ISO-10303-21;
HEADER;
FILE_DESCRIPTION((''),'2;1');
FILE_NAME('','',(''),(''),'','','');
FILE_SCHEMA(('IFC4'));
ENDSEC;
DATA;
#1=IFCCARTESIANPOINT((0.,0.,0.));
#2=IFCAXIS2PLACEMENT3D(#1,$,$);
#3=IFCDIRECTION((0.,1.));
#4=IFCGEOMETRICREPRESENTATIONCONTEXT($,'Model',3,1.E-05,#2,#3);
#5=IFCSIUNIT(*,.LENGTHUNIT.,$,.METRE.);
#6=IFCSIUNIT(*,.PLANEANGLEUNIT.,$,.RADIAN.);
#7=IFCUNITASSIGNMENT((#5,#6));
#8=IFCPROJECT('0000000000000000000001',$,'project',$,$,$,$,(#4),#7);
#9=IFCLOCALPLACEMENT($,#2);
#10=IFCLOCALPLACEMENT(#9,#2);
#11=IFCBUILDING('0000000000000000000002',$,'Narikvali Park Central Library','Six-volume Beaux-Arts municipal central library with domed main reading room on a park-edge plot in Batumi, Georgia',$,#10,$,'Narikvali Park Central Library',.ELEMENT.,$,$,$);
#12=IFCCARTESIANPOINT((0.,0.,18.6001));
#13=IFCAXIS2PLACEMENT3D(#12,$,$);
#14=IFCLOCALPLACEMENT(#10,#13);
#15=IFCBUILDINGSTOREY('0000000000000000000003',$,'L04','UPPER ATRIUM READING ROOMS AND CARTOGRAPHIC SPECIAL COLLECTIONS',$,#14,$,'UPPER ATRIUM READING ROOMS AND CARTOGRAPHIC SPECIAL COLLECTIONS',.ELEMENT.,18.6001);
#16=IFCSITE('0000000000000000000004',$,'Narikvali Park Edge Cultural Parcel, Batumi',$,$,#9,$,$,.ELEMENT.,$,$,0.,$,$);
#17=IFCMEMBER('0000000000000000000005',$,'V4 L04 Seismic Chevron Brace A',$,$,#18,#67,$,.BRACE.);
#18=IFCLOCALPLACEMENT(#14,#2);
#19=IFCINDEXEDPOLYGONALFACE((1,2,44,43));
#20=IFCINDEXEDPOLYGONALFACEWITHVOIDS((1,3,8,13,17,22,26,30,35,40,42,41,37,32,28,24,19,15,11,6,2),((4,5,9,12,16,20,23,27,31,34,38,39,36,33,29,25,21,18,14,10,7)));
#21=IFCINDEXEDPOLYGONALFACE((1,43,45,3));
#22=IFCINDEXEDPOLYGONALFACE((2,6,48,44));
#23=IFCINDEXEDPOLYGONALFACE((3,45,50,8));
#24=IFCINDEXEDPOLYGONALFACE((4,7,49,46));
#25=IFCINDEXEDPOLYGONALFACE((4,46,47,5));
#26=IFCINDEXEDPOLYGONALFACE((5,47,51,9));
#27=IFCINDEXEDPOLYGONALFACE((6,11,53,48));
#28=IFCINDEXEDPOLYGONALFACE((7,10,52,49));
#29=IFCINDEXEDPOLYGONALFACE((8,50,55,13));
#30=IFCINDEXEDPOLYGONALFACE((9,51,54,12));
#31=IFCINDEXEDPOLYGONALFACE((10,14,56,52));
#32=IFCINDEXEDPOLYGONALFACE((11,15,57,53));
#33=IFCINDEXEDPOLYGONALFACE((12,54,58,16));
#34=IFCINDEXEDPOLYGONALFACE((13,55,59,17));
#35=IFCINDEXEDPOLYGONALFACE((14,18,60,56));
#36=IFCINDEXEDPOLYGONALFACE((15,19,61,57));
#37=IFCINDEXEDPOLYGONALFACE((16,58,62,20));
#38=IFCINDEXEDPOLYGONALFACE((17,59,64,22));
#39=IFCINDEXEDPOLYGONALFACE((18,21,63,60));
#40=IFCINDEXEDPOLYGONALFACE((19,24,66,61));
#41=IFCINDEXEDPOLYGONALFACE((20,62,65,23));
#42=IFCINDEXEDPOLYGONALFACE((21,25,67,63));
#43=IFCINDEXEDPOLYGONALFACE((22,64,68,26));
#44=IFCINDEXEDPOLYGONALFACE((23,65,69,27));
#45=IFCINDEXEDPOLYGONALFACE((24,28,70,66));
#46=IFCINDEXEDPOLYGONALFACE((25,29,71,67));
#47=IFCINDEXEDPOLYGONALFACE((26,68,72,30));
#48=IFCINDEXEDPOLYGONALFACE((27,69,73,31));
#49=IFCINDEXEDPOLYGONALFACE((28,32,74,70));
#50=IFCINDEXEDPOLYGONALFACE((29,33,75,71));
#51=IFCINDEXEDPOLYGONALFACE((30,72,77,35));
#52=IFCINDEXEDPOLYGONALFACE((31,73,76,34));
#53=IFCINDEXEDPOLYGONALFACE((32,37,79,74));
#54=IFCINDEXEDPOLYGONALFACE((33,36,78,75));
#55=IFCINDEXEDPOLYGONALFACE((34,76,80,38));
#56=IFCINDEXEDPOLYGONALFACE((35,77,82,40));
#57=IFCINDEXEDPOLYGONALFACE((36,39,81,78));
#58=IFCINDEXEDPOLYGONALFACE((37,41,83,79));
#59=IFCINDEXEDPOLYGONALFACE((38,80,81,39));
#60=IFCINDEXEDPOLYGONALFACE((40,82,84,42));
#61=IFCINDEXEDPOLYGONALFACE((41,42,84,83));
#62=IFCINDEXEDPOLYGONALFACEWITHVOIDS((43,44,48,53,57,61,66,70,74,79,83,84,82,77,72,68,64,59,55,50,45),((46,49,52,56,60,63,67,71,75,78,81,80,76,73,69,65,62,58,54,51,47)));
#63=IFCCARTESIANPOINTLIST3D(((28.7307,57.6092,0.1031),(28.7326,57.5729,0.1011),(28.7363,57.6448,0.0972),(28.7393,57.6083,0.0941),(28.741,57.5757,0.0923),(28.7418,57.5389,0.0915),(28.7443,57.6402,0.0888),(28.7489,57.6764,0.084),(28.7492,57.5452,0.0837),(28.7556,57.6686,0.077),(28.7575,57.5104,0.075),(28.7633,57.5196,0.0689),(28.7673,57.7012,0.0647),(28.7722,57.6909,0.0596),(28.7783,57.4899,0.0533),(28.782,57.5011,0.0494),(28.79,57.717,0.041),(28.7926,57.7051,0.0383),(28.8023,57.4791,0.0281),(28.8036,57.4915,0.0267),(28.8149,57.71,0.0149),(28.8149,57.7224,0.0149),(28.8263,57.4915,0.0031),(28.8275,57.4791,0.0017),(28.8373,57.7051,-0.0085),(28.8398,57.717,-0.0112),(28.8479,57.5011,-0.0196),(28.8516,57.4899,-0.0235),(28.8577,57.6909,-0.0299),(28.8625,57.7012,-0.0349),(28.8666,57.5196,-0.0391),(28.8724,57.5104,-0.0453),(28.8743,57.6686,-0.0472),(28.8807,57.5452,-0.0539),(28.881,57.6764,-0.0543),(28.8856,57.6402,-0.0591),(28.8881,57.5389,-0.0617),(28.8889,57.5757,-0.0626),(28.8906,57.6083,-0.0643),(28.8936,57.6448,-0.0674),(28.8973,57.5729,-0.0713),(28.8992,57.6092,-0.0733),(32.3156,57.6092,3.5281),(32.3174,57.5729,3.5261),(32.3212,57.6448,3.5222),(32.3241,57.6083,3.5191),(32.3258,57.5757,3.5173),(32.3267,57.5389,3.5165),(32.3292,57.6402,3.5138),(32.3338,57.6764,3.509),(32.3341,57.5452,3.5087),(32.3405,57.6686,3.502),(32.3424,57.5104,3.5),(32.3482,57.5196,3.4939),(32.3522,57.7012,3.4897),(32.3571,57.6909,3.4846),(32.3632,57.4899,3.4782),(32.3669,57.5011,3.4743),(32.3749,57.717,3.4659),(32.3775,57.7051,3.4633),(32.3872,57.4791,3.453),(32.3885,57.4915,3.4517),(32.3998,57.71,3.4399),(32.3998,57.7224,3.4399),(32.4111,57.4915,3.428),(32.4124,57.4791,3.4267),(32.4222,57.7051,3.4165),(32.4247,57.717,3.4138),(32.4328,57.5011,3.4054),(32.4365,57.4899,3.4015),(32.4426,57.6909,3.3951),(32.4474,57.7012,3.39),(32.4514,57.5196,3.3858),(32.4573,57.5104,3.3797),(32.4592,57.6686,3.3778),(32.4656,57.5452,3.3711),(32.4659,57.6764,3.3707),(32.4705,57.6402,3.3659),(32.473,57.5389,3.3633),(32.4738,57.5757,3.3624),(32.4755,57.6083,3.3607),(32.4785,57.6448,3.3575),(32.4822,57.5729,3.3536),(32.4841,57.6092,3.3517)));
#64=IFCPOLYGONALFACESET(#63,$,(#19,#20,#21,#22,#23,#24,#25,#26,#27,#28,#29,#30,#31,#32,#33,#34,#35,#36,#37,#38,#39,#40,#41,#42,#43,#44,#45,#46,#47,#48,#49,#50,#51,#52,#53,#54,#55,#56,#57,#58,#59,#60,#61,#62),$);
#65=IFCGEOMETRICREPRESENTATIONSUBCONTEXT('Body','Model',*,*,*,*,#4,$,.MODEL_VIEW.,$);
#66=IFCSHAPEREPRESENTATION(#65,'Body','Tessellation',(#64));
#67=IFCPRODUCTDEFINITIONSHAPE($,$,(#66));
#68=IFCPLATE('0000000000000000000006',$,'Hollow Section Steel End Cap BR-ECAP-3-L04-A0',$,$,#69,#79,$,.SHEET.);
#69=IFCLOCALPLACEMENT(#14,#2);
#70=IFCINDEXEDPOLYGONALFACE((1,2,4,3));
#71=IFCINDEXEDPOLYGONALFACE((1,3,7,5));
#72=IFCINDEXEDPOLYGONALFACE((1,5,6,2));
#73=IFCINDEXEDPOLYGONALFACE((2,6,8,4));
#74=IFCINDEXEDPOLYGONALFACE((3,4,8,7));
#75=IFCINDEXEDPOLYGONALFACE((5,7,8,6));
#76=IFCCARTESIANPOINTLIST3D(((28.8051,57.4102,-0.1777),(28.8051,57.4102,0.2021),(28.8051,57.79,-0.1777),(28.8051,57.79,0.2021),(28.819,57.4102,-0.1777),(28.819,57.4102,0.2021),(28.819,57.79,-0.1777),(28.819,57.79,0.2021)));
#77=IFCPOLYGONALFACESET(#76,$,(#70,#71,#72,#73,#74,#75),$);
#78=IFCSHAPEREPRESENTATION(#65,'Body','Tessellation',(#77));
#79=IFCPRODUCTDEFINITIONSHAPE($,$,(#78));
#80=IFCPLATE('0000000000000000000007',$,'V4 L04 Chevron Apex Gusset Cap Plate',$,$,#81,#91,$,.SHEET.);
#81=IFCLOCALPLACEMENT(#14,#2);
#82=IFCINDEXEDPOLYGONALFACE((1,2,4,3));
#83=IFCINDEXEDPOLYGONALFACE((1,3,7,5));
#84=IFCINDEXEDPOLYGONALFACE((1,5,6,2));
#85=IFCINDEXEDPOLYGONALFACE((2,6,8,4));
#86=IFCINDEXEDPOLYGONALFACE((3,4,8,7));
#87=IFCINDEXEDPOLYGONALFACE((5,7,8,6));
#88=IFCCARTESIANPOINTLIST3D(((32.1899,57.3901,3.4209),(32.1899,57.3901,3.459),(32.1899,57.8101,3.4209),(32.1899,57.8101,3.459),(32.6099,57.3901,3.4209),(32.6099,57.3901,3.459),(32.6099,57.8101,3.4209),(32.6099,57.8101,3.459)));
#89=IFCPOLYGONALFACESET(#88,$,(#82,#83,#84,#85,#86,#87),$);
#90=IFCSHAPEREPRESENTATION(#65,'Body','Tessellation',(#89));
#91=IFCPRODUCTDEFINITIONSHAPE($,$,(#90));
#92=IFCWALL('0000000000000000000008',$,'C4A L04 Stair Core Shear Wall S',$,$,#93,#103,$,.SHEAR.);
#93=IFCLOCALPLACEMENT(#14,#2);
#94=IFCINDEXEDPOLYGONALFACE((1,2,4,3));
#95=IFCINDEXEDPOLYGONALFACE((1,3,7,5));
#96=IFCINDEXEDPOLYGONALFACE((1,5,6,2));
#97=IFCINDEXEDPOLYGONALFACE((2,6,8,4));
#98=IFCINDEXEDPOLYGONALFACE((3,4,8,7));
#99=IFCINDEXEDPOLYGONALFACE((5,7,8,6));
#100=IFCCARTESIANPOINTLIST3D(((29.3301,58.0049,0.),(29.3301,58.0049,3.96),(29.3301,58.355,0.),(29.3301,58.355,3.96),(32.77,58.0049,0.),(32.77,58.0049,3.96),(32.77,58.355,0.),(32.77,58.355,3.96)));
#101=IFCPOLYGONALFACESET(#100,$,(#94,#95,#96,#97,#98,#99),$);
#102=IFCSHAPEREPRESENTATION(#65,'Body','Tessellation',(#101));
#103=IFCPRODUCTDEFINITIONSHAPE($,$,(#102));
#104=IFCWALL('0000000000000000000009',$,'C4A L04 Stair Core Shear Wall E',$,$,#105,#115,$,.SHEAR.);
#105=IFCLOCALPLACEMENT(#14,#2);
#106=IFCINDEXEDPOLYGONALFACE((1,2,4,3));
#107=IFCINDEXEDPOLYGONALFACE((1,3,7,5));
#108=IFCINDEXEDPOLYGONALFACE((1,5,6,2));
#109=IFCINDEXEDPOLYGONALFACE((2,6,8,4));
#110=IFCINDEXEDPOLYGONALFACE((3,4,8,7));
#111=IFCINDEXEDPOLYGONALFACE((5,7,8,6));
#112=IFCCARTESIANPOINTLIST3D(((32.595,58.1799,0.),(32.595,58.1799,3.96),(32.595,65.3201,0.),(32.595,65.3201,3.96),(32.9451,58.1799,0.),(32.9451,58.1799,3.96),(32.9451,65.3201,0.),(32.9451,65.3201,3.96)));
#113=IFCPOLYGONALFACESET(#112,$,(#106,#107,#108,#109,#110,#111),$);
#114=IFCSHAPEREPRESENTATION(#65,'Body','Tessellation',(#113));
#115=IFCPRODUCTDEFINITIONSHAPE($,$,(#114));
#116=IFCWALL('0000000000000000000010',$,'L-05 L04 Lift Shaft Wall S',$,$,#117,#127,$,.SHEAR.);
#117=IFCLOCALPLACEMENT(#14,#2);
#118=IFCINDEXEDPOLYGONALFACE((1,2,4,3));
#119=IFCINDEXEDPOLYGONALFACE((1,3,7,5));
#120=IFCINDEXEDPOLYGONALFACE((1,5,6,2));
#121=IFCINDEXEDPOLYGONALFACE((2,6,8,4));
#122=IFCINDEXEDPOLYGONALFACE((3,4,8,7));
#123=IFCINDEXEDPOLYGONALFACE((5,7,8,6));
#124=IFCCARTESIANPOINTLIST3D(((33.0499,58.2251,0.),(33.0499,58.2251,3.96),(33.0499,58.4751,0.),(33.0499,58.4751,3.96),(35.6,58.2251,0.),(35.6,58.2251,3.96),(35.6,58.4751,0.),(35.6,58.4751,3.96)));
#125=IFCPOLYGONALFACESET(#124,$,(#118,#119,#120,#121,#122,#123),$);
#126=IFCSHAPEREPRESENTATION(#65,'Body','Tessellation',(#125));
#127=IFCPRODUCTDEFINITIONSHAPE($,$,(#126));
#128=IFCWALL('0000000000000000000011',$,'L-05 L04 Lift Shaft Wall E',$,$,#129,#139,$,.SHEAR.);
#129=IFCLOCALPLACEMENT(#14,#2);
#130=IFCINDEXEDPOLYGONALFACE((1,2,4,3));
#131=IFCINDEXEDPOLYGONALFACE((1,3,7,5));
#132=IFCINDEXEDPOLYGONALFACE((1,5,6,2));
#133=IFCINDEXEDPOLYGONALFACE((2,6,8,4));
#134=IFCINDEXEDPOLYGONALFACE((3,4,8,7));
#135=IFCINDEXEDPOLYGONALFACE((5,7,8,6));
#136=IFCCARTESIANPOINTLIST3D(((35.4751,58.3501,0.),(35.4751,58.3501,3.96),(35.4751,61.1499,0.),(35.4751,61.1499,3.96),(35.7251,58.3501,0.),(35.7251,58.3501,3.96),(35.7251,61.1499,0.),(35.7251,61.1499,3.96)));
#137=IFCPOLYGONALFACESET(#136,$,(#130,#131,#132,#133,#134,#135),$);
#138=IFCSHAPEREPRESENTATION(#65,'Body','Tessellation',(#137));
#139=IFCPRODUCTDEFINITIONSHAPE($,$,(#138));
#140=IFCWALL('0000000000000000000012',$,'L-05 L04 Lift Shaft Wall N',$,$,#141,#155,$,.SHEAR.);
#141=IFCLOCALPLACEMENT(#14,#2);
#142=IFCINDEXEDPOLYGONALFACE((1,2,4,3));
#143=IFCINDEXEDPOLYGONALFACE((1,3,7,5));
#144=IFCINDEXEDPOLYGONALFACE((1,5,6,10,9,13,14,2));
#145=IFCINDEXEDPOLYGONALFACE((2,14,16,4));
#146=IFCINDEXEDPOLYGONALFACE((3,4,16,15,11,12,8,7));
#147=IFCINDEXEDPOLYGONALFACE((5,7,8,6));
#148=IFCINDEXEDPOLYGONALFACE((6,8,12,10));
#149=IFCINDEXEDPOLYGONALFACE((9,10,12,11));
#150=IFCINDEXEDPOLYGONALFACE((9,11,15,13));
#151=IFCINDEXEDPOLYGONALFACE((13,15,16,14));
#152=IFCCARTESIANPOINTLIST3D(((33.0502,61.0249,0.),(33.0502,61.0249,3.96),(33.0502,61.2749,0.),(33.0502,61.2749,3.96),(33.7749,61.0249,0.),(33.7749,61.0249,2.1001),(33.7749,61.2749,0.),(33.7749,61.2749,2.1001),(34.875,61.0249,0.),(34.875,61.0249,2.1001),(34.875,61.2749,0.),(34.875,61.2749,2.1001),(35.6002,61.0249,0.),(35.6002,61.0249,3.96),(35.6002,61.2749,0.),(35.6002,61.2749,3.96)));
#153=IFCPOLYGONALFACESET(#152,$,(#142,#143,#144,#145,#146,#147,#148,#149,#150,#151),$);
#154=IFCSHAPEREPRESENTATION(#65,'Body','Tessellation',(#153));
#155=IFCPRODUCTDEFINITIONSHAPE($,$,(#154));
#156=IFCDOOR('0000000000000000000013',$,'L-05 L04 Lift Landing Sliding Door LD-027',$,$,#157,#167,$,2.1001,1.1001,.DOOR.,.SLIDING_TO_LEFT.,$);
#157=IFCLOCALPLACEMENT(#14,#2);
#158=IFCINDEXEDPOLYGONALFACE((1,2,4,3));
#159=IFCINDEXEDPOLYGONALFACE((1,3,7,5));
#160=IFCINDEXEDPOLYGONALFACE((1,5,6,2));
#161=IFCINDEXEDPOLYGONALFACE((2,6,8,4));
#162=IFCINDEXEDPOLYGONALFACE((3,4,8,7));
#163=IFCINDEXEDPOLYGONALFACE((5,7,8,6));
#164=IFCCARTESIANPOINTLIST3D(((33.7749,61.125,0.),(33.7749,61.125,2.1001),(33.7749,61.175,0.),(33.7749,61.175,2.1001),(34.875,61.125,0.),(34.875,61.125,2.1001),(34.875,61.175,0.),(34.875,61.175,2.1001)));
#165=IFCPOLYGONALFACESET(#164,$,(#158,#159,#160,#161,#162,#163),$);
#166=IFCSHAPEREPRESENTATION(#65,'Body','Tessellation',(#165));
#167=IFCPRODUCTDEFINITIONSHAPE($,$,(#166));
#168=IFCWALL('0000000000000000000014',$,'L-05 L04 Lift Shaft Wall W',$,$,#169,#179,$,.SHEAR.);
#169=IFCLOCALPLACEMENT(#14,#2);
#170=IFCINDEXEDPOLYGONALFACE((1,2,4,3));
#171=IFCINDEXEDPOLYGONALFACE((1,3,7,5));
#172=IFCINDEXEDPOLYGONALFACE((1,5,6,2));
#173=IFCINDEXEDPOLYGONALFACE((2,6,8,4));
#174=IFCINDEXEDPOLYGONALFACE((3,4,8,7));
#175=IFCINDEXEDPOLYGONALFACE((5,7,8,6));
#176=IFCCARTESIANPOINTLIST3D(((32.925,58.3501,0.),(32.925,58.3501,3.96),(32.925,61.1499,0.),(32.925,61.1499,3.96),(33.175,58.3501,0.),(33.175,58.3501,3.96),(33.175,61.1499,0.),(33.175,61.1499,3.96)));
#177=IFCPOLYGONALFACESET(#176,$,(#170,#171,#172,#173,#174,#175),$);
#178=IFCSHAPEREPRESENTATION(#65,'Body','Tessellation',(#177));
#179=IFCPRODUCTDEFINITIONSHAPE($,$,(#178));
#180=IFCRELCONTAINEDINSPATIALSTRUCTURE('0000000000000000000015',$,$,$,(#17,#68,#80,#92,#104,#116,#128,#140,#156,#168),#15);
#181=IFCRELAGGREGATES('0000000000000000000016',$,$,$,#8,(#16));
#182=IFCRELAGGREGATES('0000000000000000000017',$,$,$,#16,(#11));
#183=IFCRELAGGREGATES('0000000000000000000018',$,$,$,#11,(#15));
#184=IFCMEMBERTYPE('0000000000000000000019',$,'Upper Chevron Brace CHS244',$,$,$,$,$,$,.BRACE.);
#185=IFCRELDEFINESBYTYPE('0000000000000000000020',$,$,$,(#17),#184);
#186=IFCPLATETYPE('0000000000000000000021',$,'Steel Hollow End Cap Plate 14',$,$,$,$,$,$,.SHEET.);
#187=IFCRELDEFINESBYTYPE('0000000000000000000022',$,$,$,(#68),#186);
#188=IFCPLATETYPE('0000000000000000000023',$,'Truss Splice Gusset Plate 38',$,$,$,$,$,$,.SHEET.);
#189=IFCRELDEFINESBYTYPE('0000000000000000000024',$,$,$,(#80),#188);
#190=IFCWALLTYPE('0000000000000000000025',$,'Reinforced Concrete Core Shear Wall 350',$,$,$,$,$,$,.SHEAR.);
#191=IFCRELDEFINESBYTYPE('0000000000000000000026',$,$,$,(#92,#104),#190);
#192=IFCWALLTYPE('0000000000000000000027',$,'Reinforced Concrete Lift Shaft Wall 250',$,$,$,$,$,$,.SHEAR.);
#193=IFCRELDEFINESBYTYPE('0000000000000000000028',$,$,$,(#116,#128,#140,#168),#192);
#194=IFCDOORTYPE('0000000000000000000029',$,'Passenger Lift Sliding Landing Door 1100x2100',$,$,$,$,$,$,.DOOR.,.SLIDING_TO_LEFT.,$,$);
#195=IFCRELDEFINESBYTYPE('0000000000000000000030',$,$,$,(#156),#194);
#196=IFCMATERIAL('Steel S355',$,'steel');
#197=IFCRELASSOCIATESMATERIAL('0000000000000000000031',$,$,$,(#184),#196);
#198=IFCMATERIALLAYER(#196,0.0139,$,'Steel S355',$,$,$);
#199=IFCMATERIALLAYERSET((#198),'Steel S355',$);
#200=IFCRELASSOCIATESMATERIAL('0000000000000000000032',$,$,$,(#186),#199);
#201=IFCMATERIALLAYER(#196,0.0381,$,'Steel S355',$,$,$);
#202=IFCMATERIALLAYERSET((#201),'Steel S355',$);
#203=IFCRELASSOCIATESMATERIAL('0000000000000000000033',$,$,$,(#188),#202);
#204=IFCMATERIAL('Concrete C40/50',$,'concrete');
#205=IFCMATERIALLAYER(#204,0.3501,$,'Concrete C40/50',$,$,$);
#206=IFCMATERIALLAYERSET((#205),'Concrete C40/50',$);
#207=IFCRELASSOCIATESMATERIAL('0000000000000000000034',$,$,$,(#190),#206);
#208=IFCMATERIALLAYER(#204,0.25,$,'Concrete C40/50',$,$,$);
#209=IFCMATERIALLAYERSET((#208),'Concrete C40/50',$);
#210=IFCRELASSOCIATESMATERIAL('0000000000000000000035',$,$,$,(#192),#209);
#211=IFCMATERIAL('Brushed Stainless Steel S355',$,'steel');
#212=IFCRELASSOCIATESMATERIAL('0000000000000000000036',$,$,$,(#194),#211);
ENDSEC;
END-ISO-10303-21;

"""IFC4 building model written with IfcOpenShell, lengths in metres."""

from ifc_helpers import new_model, si_unit, direction, frame, frame_2d, origin, origin_2d, place, context, subcontext, project, spatial, rectangle, hollow_circle, extrude, material, layer, layer_set, material_profile, profile_set, type_object, element, fill, save


model = new_model("IFC4")

# Units and contexts
model_context = context("Model", 3, precision=1e-05, world=origin(), true_north=direction((0.0, 1.0)))
body_context = subcontext(model_context, "Body", "Model", "MODEL_VIEW")
ifc_project = project(units=[si_unit("LENGTHUNIT", "METRE"), si_unit("PLANEANGLEUNIT", "RADIAN")], contexts=[model_context])

# Site, building, storey
site_placement = place(None, origin())
site = spatial("IfcSite", under=ifc_project, at=site_placement, Name="Narikvali Park Edge Cultural Parcel, Batumi", CompositionType="ELEMENT", RefElevation=0.0)
building_placement = place(site_placement, origin())
building = spatial("IfcBuilding", under=site, at=building_placement, Name="Narikvali Park Central Library", Description="Six-volume Beaux-Arts municipal central library with domed main reading room on a park-edge plot in Batumi, Georgia", LongName="Narikvali Park Central Library", CompositionType="ELEMENT")
storey_placement = place(building_placement, frame((0.0, 0.0, 18.6001)))
storey = spatial("IfcBuildingStorey", under=building, at=storey_placement, Name="L04", Description="UPPER ATRIUM READING ROOMS AND CARTOGRAPHIC SPECIAL COLLECTIONS", LongName="UPPER ATRIUM READING ROOMS AND CARTOGRAPHIC SPECIAL COLLECTIONS", CompositionType="ELEMENT", Elevation=18.6001)

# Shared definitions
ifc_material_1 = material(Name="Steel S355", Category="steel")

# Member
ifc_material_profile_1 = material_profile(ifc_material_1, hollow_circle(Radius=0.1223, WallThickness=0.0125, at=origin_2d()), Name="CHS 244.5x12.5")
ifc_profile_set_1 = profile_set([ifc_material_profile_1], Name="Steel S355")
member_type = type_object("IfcMemberType", Name="Upper Chevron Brace CHS244", PredefinedType="BRACE", material=ifc_profile_set_1)
member_placement = place(storey_placement, frame((28.8149, 57.6001, 0.0149), z_axis=(0.723049, 0.0, 0.690797), x_axis=(0.0, 1.0, 0.0)))
element("IfcMember", 1, at=member_placement, inside=storey, type_object=member_type, Name="V4 L04 Seismic Chevron Brace A", PredefinedType="BRACE", context=body_context, shape_type="SweptSolid", body=[
    extrude(hollow_circle(Radius=0.1223, WallThickness=0.0125, at=origin_2d()), origin(), (0.0, 0.0, 1.0), 4.958),
])

# Plates
ifc_layer_1 = layer(ifc_material_1, 0.0139, Name="Steel S355")
ifc_layer_set_1 = layer_set([ifc_layer_1], Name="Steel S355")
plate_type_1 = type_object("IfcPlateType", Name="Steel Hollow End Cap Plate 14", PredefinedType="SHEET", material=ifc_layer_set_1)
plate_1_placement = place(storey_placement, frame((28.812, 57.6001, -0.1777), z_axis=(0.0, 0.0, 1.0), x_axis=(-1.0, 0.0, 0.0)))
element("IfcPlate", 2, at=plate_1_placement, inside=storey, type_object=plate_type_1, Name="Hollow Section Steel End Cap BR-ECAP-3-L04-A0", PredefinedType="SHEET", context=body_context, shape_type="SweptSolid", body=[
    extrude(rectangle(XDim=0.0139, YDim=0.3799, at=origin_2d()), origin(), (0.0, 0.0, 1.0), 0.3799),
])
ifc_layer_2 = layer(ifc_material_1, 0.0381, Name="Steel S355")
ifc_layer_set_2 = layer_set([ifc_layer_2], Name="Steel S355")
plate_type_2 = type_object("IfcPlateType", Name="Truss Splice Gusset Plate 38", PredefinedType="SHEET", material=ifc_layer_set_2)
plate_2_placement = place(storey_placement, frame((32.3999, 57.6001, 3.4209), z_axis=(0.0, 0.0, 1.0), x_axis=(1.0, 0.0, 0.0)))
element("IfcPlate", 3, at=plate_2_placement, inside=storey, type_object=plate_type_2, Name="V4 L04 Chevron Apex Gusset Cap Plate", PredefinedType="SHEET", context=body_context, shape_type="SweptSolid", body=[
    extrude(rectangle(XDim=0.4199, YDim=0.4199, at=origin_2d()), origin(), (0.0, 0.0, 1.0), 0.0381),
])

# Walls
ifc_material_2 = material(Name="Concrete C40/50", Category="concrete")
ifc_layer_3 = layer(ifc_material_2, 0.3501, Name="Concrete C40/50")
ifc_layer_set_3 = layer_set([ifc_layer_3], Name="Concrete C40/50")
wall_type_1 = type_object("IfcWallType", Name="Reinforced Concrete Core Shear Wall 350", PredefinedType="SHEAR", material=ifc_layer_set_3)
wall_1_placement = place(storey_placement, frame((29.3301, 58.1799, 0.0), z_axis=(0.0, 0.0, 1.0), x_axis=(1.0, 0.0, 0.0)))
element("IfcWall", 4, at=wall_1_placement, inside=storey, type_object=wall_type_1, Name="C4A L04 Stair Core Shear Wall S", PredefinedType="SHEAR", context=body_context, shape_type="SweptSolid", body=[
    extrude(rectangle(XDim=3.4399, YDim=0.3501, at=frame_2d((1.72, 0.0))), origin(), (0.0, 0.0, 1.0), 3.96),
])
wall_2_placement = place(storey_placement, frame((32.77, 58.1799, 0.0), z_axis=(0.0, 0.0, 1.0), x_axis=(0.0, 1.0, 0.0)))
element("IfcWall", 5, at=wall_2_placement, inside=storey, type_object=wall_type_1, Name="C4A L04 Stair Core Shear Wall E", PredefinedType="SHEAR", context=body_context, shape_type="SweptSolid", body=[
    extrude(rectangle(XDim=7.1401, YDim=0.3501, at=frame_2d((3.5701, 0.0))), origin(), (0.0, 0.0, 1.0), 3.96),
])
ifc_layer_4 = layer(ifc_material_2, 0.25, Name="Concrete C40/50")
ifc_layer_set_4 = layer_set([ifc_layer_4], Name="Concrete C40/50")
wall_type_2 = type_object("IfcWallType", Name="Reinforced Concrete Lift Shaft Wall 250", PredefinedType="SHEAR", material=ifc_layer_set_4)
wall_3_placement = place(storey_placement, frame((33.05, 58.3501, 0.0), z_axis=(0.0, 0.0, 1.0), x_axis=(1.0, 0.0, 0.0)))
element("IfcWall", 6, at=wall_3_placement, inside=storey, type_object=wall_type_2, Name="L-05 L04 Lift Shaft Wall S", PredefinedType="SHEAR", context=body_context, shape_type="SweptSolid", body=[
    extrude(rectangle(XDim=2.55, YDim=0.25, at=frame_2d((1.2749, 0.0))), origin(), (0.0, 0.0, 1.0), 3.96),
])
wall_4_placement = place(storey_placement, frame((35.6001, 58.3501, 0.0), z_axis=(0.0, 0.0, 1.0), x_axis=(0.0, 1.0, 0.0)))
element("IfcWall", 7, at=wall_4_placement, inside=storey, type_object=wall_type_2, Name="L-05 L04 Lift Shaft Wall E", PredefinedType="SHEAR", context=body_context, shape_type="SweptSolid", body=[
    extrude(rectangle(XDim=2.7998, YDim=0.25, at=frame_2d((1.3999, 0.0))), origin(), (0.0, 0.0, 1.0), 3.96),
])

# Wall, opening, door
wall_5_placement = place(storey_placement, frame((35.6001, 61.1499, 0.0), z_axis=(0.0, 0.0, 1.0), x_axis=(-1.0, 0.0, 0.0)))
wall_5 = element("IfcWall", 8, at=wall_5_placement, inside=storey, type_object=wall_type_2, Name="L-05 L04 Lift Shaft Wall N", PredefinedType="SHEAR", context=body_context, shape_type="SweptSolid", body=[
    extrude(rectangle(XDim=2.55, YDim=0.25, at=frame_2d((1.2749, 0.0))), origin(), (0.0, 0.0, 1.0), 3.96),
])
opening_1_placement = place(wall_5_placement, frame((0.7251, 0.0, 0.0)))
opening_1 = element("IfcOpeningElement", 9, at=opening_1_placement, cuts=wall_5, PredefinedType="OPENING", context=body_context, shape_type="SweptSolid", body=[
    extrude(rectangle(XDim=1.1001, YDim=2.1001, at=frame_2d((0.55, 1.05))), frame((0.0, 0.137, 0.0), z_axis=(0.0, -1.0, 0.0), x_axis=(1.0, 0.0, 0.0)), (0.0, 0.0, 1.0), 0.2739),
])
ifc_material_3 = material(Name="Brushed Stainless Steel S355", Category="steel")
door_type = type_object("IfcDoorType", Name="Passenger Lift Sliding Landing Door 1100x2100", OperationType="SLIDING_TO_LEFT", PredefinedType="DOOR", material=ifc_material_3)
door_placement = place(opening_1_placement, origin())
door = element("IfcDoor", 10, at=door_placement, inside=storey, type_object=door_type, Name="L-05 L04 Lift Landing Sliding Door LD-027", OperationType="SLIDING_TO_LEFT", OverallHeight=2.1001, OverallWidth=1.1001, PredefinedType="DOOR", context=body_context, shape_type="SweptSolid", body=[
    extrude(rectangle(XDim=1.1001, YDim=2.1001, at=frame_2d((0.55, 1.05))), frame((0.0, 0.0249, 0.0), z_axis=(0.0, -1.0, 0.0), x_axis=(1.0, 0.0, 0.0)), (0.0, 0.0, 1.0), 0.05),
])
fill(opening_1, door)

# Wall
wall_6_placement = place(storey_placement, frame((33.05, 61.1499, 0.0), z_axis=(0.0, 0.0, 1.0), x_axis=(0.0, -1.0, 0.0)))
element("IfcWall", 11, at=wall_6_placement, inside=storey, type_object=wall_type_2, Name="L-05 L04 Lift Shaft Wall W", PredefinedType="SHEAR", context=body_context, shape_type="SweptSolid", body=[
    extrude(rectangle(XDim=2.7998, YDim=0.25, at=frame_2d((1.3999, 0.0))), origin(), (0.0, 0.0, 1.0), 3.96),
])

save(model, "model.ifc")
